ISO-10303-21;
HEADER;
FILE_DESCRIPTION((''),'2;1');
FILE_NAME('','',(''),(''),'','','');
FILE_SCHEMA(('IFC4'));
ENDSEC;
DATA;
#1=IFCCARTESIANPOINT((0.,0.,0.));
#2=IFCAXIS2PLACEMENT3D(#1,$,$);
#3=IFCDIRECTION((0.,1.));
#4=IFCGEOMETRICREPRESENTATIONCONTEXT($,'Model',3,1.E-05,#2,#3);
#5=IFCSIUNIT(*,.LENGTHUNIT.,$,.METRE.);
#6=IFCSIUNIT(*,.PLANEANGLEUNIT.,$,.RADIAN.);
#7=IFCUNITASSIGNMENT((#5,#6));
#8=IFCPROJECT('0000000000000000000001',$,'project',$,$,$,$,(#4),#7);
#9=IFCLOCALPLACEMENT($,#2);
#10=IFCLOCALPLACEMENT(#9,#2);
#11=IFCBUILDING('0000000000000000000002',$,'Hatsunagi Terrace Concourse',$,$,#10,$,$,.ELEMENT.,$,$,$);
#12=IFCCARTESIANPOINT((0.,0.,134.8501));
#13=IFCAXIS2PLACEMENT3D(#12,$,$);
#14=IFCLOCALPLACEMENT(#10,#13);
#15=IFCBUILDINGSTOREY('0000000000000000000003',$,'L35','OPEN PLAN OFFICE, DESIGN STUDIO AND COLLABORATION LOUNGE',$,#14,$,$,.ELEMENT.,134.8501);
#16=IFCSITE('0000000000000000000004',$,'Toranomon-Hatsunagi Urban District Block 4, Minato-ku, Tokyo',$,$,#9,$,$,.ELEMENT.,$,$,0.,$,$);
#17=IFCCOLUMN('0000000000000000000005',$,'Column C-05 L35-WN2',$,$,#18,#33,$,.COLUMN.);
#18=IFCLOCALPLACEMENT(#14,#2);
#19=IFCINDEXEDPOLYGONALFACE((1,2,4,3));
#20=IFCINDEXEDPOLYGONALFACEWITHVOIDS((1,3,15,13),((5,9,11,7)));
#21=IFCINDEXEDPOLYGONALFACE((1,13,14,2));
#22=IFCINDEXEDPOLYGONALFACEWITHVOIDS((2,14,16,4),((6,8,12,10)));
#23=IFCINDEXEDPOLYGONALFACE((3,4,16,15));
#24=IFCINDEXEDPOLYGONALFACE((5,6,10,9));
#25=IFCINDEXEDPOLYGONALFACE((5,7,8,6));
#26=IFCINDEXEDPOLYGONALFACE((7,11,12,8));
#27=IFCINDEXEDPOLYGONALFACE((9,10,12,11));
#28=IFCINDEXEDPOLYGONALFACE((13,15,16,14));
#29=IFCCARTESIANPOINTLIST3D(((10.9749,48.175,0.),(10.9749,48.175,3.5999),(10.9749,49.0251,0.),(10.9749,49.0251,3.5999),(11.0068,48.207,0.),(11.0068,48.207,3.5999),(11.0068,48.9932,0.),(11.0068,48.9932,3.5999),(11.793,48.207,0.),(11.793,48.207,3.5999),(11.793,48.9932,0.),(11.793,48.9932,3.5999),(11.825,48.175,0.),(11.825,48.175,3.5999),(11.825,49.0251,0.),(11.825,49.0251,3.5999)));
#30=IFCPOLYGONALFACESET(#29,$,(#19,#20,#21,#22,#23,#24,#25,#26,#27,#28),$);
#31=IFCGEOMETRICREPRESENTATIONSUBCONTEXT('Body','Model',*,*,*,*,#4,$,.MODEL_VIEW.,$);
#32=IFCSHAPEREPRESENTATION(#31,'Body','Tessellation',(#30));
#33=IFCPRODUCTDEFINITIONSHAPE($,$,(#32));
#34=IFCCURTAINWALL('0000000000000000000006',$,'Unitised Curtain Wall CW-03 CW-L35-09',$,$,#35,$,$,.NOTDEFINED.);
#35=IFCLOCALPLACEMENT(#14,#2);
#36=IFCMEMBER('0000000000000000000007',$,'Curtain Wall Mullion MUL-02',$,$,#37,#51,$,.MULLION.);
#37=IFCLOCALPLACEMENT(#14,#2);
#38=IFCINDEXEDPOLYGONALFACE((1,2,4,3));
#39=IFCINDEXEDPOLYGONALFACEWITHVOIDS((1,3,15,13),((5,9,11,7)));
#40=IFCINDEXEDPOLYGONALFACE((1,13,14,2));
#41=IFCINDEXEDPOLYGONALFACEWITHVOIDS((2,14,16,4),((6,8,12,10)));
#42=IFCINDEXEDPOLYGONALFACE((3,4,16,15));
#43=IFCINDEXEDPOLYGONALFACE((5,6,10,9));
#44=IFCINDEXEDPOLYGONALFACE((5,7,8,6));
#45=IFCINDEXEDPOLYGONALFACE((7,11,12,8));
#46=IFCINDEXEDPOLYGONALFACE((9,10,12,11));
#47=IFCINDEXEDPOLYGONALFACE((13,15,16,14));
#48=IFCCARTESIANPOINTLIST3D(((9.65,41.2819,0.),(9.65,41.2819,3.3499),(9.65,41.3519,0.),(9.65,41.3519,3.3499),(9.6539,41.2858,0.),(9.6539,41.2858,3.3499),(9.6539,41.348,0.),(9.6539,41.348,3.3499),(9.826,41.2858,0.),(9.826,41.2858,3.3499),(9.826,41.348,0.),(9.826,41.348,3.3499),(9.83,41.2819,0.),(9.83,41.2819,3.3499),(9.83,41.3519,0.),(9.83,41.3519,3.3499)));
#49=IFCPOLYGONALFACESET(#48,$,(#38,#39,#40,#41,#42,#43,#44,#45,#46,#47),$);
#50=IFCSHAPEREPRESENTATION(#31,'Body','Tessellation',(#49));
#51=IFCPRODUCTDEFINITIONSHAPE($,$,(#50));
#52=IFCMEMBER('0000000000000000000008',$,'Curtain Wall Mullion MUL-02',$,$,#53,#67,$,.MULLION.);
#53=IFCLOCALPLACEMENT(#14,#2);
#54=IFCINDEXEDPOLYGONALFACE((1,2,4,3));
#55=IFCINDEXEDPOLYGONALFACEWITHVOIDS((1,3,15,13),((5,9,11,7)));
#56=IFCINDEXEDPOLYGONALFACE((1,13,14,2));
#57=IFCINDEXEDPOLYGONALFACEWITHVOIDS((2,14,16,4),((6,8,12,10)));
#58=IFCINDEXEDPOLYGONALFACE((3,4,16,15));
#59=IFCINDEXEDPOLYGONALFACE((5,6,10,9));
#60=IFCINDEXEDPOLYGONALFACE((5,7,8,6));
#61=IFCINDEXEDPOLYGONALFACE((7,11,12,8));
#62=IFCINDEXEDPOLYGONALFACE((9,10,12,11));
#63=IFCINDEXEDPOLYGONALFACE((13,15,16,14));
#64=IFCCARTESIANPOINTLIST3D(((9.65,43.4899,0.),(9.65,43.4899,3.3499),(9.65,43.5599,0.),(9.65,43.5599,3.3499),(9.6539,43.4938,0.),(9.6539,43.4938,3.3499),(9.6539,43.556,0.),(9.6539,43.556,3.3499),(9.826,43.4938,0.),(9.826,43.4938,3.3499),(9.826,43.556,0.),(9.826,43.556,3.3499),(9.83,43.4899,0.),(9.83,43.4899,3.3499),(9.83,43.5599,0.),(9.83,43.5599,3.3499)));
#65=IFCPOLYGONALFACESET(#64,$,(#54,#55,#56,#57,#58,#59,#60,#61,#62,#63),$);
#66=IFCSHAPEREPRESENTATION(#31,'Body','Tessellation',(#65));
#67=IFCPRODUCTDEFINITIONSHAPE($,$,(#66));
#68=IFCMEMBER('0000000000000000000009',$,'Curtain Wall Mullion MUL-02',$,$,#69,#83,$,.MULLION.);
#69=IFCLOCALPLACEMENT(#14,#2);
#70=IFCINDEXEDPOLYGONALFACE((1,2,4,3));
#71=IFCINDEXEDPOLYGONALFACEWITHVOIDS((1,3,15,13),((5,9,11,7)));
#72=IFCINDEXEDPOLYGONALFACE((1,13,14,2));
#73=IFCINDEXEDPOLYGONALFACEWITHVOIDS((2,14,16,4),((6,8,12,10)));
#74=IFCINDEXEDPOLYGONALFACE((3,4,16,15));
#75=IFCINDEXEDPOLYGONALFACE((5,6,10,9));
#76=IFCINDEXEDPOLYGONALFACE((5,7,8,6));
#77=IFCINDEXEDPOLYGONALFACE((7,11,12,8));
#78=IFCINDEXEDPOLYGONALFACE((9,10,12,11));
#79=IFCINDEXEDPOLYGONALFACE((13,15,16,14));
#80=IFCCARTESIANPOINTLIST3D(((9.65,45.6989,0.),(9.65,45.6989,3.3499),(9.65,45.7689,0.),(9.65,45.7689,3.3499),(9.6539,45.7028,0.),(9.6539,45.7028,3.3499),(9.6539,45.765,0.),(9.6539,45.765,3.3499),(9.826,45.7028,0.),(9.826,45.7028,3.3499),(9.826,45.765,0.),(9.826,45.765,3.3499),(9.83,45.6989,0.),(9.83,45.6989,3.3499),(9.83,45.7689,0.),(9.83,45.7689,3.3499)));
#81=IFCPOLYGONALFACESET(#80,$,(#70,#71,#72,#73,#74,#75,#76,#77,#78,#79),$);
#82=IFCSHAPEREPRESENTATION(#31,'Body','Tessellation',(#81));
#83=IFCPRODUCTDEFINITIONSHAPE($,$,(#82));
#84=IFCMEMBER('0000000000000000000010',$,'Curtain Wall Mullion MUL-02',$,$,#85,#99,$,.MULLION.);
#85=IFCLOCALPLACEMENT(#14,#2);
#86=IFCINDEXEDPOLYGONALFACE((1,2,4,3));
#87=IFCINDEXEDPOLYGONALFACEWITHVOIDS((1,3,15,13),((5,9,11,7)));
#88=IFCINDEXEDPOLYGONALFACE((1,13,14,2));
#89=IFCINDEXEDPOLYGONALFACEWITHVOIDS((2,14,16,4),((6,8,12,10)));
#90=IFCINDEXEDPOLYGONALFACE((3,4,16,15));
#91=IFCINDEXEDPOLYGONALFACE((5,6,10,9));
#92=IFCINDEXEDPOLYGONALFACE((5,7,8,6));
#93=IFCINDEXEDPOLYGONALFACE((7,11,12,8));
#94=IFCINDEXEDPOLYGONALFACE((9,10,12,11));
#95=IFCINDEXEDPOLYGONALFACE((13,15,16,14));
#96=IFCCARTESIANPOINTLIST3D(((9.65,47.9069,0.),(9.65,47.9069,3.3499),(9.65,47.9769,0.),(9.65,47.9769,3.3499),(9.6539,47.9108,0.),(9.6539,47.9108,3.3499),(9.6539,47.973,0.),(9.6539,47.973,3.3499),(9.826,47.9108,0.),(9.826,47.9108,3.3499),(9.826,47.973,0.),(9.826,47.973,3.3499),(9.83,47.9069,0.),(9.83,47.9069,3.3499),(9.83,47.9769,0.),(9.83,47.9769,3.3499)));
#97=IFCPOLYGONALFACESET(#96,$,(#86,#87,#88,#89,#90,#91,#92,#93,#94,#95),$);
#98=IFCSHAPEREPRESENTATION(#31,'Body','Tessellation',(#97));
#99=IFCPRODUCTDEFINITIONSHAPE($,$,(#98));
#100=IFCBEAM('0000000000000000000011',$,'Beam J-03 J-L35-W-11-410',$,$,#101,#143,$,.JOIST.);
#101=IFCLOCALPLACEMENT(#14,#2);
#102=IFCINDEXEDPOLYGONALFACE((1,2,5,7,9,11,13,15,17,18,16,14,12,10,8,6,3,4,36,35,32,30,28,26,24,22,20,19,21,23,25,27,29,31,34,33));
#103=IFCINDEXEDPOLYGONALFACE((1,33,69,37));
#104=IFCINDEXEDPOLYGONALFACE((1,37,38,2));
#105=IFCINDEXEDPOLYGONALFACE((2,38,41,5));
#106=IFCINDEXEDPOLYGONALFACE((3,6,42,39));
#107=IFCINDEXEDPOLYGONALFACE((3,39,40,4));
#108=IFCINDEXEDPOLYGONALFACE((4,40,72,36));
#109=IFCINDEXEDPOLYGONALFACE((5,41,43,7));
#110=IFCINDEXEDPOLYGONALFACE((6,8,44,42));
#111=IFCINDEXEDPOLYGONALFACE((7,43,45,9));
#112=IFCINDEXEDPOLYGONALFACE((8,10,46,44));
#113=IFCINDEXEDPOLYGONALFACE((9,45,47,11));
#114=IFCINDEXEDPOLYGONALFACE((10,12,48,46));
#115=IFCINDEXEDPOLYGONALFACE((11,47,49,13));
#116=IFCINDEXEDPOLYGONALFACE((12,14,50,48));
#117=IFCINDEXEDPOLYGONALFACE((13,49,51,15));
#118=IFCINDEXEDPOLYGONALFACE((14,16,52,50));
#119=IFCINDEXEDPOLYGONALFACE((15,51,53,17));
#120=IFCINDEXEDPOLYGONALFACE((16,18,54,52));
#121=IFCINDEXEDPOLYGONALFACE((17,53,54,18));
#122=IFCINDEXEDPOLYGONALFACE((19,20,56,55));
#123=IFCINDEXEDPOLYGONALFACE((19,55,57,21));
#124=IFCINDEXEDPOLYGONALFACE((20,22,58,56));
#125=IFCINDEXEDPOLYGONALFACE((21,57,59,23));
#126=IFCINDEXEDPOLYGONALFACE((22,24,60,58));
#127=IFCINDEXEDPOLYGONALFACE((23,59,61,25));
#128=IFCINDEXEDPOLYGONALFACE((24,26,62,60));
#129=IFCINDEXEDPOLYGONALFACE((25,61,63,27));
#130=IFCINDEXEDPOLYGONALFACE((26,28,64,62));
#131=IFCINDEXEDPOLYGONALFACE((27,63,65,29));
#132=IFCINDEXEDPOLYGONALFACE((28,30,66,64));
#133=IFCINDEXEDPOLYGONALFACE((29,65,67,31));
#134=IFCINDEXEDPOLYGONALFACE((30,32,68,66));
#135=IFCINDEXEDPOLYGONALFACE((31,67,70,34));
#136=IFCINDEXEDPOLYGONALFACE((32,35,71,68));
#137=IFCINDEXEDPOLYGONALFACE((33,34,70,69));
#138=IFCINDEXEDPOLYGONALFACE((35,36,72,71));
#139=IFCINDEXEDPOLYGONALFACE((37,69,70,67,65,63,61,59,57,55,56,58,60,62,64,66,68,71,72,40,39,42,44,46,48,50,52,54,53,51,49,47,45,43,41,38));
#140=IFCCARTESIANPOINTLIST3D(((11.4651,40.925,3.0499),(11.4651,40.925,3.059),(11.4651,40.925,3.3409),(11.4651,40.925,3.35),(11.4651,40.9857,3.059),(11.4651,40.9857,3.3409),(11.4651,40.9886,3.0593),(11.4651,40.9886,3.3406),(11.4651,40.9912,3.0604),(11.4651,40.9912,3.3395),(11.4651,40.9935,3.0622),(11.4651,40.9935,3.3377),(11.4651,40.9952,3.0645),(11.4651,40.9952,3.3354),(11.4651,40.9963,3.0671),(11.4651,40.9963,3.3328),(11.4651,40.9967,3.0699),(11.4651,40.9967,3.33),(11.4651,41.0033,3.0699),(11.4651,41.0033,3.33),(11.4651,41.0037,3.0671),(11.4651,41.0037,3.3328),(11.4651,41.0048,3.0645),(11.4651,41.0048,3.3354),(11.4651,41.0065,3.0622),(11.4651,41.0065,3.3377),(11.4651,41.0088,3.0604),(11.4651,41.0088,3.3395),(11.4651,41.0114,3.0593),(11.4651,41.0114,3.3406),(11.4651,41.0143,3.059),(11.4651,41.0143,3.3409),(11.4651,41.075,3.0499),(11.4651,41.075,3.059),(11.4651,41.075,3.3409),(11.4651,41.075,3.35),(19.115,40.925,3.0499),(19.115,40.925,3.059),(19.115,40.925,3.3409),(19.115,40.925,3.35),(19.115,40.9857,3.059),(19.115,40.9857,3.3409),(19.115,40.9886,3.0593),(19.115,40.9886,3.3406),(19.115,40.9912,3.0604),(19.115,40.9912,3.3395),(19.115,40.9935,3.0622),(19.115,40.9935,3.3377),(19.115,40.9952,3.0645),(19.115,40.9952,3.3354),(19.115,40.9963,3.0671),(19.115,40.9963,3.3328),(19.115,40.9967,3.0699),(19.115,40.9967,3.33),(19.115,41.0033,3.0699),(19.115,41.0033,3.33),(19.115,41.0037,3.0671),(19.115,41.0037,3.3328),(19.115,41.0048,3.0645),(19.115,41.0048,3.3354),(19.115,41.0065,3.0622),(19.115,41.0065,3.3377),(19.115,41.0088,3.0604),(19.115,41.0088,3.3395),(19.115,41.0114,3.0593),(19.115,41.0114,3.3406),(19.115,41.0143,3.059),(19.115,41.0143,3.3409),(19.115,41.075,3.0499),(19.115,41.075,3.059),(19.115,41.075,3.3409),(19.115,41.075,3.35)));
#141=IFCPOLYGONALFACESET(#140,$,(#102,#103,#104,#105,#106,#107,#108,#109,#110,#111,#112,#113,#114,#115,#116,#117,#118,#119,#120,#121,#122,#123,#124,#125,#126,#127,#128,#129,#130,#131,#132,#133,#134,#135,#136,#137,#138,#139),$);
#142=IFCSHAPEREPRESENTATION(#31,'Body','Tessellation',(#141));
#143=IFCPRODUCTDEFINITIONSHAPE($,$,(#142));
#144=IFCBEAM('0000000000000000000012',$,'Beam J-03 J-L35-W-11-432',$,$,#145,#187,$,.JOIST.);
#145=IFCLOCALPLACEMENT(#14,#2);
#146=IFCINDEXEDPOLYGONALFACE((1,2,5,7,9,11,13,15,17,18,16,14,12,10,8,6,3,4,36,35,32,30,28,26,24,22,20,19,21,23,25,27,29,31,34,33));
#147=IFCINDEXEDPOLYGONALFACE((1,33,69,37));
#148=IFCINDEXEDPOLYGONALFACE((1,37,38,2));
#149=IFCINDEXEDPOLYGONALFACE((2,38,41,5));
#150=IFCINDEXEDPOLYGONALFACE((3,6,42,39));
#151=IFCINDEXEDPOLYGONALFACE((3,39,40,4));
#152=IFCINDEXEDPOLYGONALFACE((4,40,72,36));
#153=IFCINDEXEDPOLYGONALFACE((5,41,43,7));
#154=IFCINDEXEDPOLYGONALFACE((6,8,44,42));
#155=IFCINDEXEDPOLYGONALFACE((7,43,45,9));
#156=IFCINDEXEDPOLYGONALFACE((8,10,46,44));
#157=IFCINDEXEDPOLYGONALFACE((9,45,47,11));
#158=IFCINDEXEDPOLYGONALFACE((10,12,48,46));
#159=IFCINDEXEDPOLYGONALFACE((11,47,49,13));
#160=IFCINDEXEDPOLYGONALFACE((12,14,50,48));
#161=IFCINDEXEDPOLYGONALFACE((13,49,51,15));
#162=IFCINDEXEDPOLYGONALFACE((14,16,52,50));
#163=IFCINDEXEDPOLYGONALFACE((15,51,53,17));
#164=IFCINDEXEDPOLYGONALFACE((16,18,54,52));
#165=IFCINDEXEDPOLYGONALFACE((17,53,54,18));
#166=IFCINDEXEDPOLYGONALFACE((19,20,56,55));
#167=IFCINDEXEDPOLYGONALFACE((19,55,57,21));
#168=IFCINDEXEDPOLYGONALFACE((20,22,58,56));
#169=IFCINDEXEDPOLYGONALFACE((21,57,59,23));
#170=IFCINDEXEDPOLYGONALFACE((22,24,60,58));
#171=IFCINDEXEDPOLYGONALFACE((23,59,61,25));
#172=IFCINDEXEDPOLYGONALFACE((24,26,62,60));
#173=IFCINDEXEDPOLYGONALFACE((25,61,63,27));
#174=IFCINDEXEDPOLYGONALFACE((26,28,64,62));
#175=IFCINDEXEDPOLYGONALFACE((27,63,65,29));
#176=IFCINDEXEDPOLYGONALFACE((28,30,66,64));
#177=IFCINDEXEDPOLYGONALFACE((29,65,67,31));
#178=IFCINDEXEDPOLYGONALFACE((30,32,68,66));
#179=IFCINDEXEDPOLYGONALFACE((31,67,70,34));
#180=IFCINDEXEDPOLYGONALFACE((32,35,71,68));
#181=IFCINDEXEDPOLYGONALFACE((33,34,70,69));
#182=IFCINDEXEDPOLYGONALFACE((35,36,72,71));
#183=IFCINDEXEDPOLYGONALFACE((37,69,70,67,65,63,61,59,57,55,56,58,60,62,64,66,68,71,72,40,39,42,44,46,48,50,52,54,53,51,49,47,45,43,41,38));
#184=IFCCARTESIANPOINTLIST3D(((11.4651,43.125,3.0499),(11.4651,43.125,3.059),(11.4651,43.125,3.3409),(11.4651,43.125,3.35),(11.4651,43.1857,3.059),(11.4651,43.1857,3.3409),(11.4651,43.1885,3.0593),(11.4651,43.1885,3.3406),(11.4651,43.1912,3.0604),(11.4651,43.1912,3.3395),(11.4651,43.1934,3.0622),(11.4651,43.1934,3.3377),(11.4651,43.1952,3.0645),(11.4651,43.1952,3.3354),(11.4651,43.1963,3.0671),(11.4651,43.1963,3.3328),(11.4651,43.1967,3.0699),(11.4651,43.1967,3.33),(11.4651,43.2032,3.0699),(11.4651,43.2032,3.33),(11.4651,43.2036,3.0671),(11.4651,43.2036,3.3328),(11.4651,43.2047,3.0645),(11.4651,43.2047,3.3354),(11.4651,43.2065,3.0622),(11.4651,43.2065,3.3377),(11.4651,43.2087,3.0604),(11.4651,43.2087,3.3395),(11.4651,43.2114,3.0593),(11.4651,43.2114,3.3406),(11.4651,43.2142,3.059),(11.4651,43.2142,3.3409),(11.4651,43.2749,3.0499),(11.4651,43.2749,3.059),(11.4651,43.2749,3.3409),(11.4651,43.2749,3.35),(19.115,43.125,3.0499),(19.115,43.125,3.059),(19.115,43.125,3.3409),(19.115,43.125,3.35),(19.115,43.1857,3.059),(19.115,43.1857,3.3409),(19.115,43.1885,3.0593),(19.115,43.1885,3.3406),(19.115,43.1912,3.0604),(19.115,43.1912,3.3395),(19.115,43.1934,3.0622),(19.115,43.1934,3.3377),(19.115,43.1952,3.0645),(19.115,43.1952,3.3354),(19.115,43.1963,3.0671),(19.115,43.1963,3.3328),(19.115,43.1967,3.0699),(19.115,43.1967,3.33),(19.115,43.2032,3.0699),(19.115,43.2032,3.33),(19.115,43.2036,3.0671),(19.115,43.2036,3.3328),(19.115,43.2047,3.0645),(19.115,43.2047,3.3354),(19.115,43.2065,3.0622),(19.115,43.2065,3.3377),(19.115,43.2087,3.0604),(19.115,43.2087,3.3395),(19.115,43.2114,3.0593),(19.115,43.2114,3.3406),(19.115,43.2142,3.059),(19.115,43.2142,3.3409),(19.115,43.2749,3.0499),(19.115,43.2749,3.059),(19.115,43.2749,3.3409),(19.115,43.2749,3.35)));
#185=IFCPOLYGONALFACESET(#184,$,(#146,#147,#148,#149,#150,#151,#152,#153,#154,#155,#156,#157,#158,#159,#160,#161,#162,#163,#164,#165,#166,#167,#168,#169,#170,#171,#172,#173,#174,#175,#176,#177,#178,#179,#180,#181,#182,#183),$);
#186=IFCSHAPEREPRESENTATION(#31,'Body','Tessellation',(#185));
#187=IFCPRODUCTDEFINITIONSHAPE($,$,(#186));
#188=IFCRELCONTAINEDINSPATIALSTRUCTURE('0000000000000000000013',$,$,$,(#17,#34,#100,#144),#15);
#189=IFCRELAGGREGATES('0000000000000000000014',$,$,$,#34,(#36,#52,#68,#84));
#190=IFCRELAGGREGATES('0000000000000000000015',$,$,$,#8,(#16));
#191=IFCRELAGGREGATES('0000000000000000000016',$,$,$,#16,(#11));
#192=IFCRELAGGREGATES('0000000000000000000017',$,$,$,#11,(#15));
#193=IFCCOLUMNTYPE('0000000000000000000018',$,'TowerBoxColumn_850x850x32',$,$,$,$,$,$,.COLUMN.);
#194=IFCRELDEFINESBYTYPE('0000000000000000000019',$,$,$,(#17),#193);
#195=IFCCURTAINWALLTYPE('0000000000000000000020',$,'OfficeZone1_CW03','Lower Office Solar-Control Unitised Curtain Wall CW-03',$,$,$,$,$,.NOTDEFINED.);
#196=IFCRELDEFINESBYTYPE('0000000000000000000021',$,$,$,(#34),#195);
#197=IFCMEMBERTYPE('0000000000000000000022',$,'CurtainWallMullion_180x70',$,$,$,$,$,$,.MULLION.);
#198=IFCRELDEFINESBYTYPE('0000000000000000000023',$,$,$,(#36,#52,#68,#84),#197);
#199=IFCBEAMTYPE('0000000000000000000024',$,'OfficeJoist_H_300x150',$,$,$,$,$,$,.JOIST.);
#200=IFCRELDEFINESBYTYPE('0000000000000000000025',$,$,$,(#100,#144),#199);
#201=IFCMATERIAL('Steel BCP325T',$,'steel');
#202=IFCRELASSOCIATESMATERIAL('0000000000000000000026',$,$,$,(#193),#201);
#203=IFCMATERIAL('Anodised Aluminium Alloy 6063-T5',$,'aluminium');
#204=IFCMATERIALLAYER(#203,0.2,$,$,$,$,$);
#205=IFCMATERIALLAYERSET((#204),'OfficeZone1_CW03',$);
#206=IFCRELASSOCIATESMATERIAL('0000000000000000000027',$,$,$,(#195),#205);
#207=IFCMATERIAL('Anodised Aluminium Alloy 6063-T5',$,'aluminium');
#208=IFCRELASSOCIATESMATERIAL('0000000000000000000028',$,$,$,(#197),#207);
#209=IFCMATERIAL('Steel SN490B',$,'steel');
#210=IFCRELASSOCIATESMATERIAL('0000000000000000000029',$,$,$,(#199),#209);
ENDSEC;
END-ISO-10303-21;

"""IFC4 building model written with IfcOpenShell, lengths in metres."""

from ifc_helpers import new_model, si_unit, direction, frame, origin, origin_2d, place, context, subcontext, project, spatial, hollow_rectangle, i_section, extrude, material, layer, layer_set, material_profile, profile_set, type_object, element, aggregate, save


model = new_model("IFC4")

# Units and contexts
model_context = context("Model", 3, precision=1e-05, world=origin(), true_north=direction((0.0, 1.0)))
body_context = subcontext(model_context, "Body", "Model", "MODEL_VIEW")
ifc_project = project(units=[si_unit("LENGTHUNIT", "METRE"), si_unit("PLANEANGLEUNIT", "RADIAN")], contexts=[model_context])

# Site, building, storey
site_placement = place(None, origin())
site = spatial("IfcSite", under=ifc_project, at=site_placement, Name="Toranomon-Hatsunagi Urban District Block 4, Minato-ku, Tokyo", CompositionType="ELEMENT", RefElevation=0.0)
building_placement = place(site_placement, origin())
building = spatial("IfcBuilding", under=site, at=building_placement, Name="Hatsunagi Terrace Concourse", CompositionType="ELEMENT")
storey_placement = place(building_placement, frame((0.0, 0.0, 134.8501)))
storey = spatial("IfcBuildingStorey", under=building, at=storey_placement, Name="L35", Description="OPEN PLAN OFFICE, DESIGN STUDIO AND COLLABORATION LOUNGE", CompositionType="ELEMENT", Elevation=134.8501)

# Column
ifc_material_1 = material(Name="Steel BCP325T", Category="steel")
ifc_material_profile_1 = material_profile(ifc_material_1, hollow_rectangle(XDim=0.8501, YDim=0.8501, WallThickness=0.032, at=origin_2d()), Name="BCP-850x850x32")
ifc_profile_set_1 = profile_set([ifc_material_profile_1], Name="Steel BCP325T")
column_type = type_object("IfcColumnType", Name="TowerBoxColumn_850x850x32", PredefinedType="COLUMN", material=ifc_profile_set_1)
column_placement = place(storey_placement, frame((11.3999, 48.6001, 0.0), z_axis=(0.0, 0.0, 1.0), x_axis=(1.0, 0.0, 0.0)))
element("IfcColumn", 1, at=column_placement, inside=storey, type_object=column_type, Name="Column C-05 L35-WN2", PredefinedType="COLUMN", context=body_context, shape_type="SweptSolid", body=[
    extrude(hollow_rectangle(XDim=0.8501, YDim=0.8501, WallThickness=0.032, at=origin_2d()), origin(), (0.0, 0.0, 1.0), 3.5999),
])

# Curtain wall, members
ifc_material_2 = material(Name="Anodised Aluminium Alloy 6063-T5", Category="aluminium")
ifc_layer_1 = layer(ifc_material_2, 0.2)
ifc_layer_set_1 = layer_set([ifc_layer_1], Name="OfficeZone1_CW03")
curtain_wall_type = type_object("IfcCurtainWallType", Name="OfficeZone1_CW03", Description="Lower Office Solar-Control Unitised Curtain Wall CW-03", PredefinedType="NOTDEFINED", material=ifc_layer_set_1)
curtain_wall_placement = place(storey_placement, origin())
curtain_wall = element("IfcCurtainWall", 2, at=curtain_wall_placement, inside=storey, type_object=curtain_wall_type, Name="Unitised Curtain Wall CW-03 CW-L35-09", PredefinedType="NOTDEFINED")
ifc_material_3 = material(Name="Anodised Aluminium Alloy 6063-T5", Category="aluminium")
ifc_material_profile_2 = material_profile(ifc_material_3, hollow_rectangle(XDim=0.0701, YDim=0.1799, WallThickness=0.0039, at=origin_2d()), Name="ALU-MUL-180x70x4")
ifc_profile_set_2 = profile_set([ifc_material_profile_2], Name="Anodised Aluminium Alloy 6063-T5")
member_type = type_object("IfcMemberType", Name="CurtainWallMullion_180x70", PredefinedType="MULLION", material=ifc_profile_set_2)
member_1_placement = place(storey_placement, frame((9.74, 41.3169, 0.0), z_axis=(0.0, 0.0, 1.0), x_axis=(0.0, 1.0, 0.0)))
member_1 = element("IfcMember", 3, at=member_1_placement, type_object=member_type, Name="Curtain Wall Mullion MUL-02", PredefinedType="MULLION", context=body_context, shape_type="SweptSolid", body=[
    extrude(hollow_rectangle(XDim=0.0701, YDim=0.1799, WallThickness=0.0039, at=origin_2d()), origin(), (0.0, 0.0, 1.0), 3.3499),
])
member_2_placement = place(storey_placement, frame((9.74, 43.5249, 0.0), z_axis=(0.0, 0.0, 1.0), x_axis=(0.0, 1.0, 0.0)))
member_2 = element("IfcMember", 4, at=member_2_placement, type_object=member_type, Name="Curtain Wall Mullion MUL-02", PredefinedType="MULLION", context=body_context, shape_type="SweptSolid", body=[
    extrude(hollow_rectangle(XDim=0.0701, YDim=0.1799, WallThickness=0.0039, at=origin_2d()), origin(), (0.0, 0.0, 1.0), 3.3499),
])
member_3_placement = place(storey_placement, frame((9.74, 45.7339, 0.0), z_axis=(0.0, 0.0, 1.0), x_axis=(0.0, 1.0, 0.0)))
member_3 = element("IfcMember", 5, at=member_3_placement, type_object=member_type, Name="Curtain Wall Mullion MUL-02", PredefinedType="MULLION", context=body_context, shape_type="SweptSolid", body=[
    extrude(hollow_rectangle(XDim=0.0701, YDim=0.1799, WallThickness=0.0039, at=origin_2d()), origin(), (0.0, 0.0, 1.0), 3.3499),
])
member_4_placement = place(storey_placement, frame((9.74, 47.9419, 0.0), z_axis=(0.0, 0.0, 1.0), x_axis=(0.0, 1.0, 0.0)))
member_4 = element("IfcMember", 6, at=member_4_placement, type_object=member_type, Name="Curtain Wall Mullion MUL-02", PredefinedType="MULLION", context=body_context, shape_type="SweptSolid", body=[
    extrude(hollow_rectangle(XDim=0.0701, YDim=0.1799, WallThickness=0.0039, at=origin_2d()), origin(), (0.0, 0.0, 1.0), 3.3499),
])

# Beams
ifc_material_4 = material(Name="Steel SN490B", Category="steel")
ifc_material_profile_3 = material_profile(ifc_material_4, i_section(OverallWidth=0.1499, OverallDepth=0.3, WebThickness=0.0066, FlangeThickness=0.009, FilletRadius=0.011, at=origin_2d()), Name="H-300x150x6.5x9")
ifc_profile_set_3 = profile_set([ifc_material_profile_3], Name="Steel SN490B")
beam_type_1 = type_object("IfcBeamType", Name="OfficeJoist_H_300x150", PredefinedType="JOIST", material=ifc_profile_set_3)
for number, where, z_axis, x_axis, name in (
    (7, (11.4651, 41.0, 3.2), (1.0, 0.0, 0.0), (0.0, 1.0, 0.0), "Beam J-03 J-L35-W-11-410"),
    (8, (11.4651, 43.2, 3.2), (1.0, 0.0, 0.0), (0.0, 1.0, 0.0), "Beam J-03 J-L35-W-11-432"),
):
    element("IfcBeam", number, at=place(storey_placement, frame(where, z_axis=z_axis, x_axis=x_axis)), inside=storey, type_object=beam_type_1, Name=name, PredefinedType="JOIST", context=body_context, shape_type="SweptSolid", body=[
        extrude(i_section(OverallWidth=0.1499, OverallDepth=0.3, WebThickness=0.0066, FlangeThickness=0.009, FilletRadius=0.011, at=origin_2d()), origin(), (0.0, 0.0, 1.0), 7.6499),
    ])

aggregate(curtain_wall, [member_1, member_2, member_3, member_4])

save(model, "model.ifc")
